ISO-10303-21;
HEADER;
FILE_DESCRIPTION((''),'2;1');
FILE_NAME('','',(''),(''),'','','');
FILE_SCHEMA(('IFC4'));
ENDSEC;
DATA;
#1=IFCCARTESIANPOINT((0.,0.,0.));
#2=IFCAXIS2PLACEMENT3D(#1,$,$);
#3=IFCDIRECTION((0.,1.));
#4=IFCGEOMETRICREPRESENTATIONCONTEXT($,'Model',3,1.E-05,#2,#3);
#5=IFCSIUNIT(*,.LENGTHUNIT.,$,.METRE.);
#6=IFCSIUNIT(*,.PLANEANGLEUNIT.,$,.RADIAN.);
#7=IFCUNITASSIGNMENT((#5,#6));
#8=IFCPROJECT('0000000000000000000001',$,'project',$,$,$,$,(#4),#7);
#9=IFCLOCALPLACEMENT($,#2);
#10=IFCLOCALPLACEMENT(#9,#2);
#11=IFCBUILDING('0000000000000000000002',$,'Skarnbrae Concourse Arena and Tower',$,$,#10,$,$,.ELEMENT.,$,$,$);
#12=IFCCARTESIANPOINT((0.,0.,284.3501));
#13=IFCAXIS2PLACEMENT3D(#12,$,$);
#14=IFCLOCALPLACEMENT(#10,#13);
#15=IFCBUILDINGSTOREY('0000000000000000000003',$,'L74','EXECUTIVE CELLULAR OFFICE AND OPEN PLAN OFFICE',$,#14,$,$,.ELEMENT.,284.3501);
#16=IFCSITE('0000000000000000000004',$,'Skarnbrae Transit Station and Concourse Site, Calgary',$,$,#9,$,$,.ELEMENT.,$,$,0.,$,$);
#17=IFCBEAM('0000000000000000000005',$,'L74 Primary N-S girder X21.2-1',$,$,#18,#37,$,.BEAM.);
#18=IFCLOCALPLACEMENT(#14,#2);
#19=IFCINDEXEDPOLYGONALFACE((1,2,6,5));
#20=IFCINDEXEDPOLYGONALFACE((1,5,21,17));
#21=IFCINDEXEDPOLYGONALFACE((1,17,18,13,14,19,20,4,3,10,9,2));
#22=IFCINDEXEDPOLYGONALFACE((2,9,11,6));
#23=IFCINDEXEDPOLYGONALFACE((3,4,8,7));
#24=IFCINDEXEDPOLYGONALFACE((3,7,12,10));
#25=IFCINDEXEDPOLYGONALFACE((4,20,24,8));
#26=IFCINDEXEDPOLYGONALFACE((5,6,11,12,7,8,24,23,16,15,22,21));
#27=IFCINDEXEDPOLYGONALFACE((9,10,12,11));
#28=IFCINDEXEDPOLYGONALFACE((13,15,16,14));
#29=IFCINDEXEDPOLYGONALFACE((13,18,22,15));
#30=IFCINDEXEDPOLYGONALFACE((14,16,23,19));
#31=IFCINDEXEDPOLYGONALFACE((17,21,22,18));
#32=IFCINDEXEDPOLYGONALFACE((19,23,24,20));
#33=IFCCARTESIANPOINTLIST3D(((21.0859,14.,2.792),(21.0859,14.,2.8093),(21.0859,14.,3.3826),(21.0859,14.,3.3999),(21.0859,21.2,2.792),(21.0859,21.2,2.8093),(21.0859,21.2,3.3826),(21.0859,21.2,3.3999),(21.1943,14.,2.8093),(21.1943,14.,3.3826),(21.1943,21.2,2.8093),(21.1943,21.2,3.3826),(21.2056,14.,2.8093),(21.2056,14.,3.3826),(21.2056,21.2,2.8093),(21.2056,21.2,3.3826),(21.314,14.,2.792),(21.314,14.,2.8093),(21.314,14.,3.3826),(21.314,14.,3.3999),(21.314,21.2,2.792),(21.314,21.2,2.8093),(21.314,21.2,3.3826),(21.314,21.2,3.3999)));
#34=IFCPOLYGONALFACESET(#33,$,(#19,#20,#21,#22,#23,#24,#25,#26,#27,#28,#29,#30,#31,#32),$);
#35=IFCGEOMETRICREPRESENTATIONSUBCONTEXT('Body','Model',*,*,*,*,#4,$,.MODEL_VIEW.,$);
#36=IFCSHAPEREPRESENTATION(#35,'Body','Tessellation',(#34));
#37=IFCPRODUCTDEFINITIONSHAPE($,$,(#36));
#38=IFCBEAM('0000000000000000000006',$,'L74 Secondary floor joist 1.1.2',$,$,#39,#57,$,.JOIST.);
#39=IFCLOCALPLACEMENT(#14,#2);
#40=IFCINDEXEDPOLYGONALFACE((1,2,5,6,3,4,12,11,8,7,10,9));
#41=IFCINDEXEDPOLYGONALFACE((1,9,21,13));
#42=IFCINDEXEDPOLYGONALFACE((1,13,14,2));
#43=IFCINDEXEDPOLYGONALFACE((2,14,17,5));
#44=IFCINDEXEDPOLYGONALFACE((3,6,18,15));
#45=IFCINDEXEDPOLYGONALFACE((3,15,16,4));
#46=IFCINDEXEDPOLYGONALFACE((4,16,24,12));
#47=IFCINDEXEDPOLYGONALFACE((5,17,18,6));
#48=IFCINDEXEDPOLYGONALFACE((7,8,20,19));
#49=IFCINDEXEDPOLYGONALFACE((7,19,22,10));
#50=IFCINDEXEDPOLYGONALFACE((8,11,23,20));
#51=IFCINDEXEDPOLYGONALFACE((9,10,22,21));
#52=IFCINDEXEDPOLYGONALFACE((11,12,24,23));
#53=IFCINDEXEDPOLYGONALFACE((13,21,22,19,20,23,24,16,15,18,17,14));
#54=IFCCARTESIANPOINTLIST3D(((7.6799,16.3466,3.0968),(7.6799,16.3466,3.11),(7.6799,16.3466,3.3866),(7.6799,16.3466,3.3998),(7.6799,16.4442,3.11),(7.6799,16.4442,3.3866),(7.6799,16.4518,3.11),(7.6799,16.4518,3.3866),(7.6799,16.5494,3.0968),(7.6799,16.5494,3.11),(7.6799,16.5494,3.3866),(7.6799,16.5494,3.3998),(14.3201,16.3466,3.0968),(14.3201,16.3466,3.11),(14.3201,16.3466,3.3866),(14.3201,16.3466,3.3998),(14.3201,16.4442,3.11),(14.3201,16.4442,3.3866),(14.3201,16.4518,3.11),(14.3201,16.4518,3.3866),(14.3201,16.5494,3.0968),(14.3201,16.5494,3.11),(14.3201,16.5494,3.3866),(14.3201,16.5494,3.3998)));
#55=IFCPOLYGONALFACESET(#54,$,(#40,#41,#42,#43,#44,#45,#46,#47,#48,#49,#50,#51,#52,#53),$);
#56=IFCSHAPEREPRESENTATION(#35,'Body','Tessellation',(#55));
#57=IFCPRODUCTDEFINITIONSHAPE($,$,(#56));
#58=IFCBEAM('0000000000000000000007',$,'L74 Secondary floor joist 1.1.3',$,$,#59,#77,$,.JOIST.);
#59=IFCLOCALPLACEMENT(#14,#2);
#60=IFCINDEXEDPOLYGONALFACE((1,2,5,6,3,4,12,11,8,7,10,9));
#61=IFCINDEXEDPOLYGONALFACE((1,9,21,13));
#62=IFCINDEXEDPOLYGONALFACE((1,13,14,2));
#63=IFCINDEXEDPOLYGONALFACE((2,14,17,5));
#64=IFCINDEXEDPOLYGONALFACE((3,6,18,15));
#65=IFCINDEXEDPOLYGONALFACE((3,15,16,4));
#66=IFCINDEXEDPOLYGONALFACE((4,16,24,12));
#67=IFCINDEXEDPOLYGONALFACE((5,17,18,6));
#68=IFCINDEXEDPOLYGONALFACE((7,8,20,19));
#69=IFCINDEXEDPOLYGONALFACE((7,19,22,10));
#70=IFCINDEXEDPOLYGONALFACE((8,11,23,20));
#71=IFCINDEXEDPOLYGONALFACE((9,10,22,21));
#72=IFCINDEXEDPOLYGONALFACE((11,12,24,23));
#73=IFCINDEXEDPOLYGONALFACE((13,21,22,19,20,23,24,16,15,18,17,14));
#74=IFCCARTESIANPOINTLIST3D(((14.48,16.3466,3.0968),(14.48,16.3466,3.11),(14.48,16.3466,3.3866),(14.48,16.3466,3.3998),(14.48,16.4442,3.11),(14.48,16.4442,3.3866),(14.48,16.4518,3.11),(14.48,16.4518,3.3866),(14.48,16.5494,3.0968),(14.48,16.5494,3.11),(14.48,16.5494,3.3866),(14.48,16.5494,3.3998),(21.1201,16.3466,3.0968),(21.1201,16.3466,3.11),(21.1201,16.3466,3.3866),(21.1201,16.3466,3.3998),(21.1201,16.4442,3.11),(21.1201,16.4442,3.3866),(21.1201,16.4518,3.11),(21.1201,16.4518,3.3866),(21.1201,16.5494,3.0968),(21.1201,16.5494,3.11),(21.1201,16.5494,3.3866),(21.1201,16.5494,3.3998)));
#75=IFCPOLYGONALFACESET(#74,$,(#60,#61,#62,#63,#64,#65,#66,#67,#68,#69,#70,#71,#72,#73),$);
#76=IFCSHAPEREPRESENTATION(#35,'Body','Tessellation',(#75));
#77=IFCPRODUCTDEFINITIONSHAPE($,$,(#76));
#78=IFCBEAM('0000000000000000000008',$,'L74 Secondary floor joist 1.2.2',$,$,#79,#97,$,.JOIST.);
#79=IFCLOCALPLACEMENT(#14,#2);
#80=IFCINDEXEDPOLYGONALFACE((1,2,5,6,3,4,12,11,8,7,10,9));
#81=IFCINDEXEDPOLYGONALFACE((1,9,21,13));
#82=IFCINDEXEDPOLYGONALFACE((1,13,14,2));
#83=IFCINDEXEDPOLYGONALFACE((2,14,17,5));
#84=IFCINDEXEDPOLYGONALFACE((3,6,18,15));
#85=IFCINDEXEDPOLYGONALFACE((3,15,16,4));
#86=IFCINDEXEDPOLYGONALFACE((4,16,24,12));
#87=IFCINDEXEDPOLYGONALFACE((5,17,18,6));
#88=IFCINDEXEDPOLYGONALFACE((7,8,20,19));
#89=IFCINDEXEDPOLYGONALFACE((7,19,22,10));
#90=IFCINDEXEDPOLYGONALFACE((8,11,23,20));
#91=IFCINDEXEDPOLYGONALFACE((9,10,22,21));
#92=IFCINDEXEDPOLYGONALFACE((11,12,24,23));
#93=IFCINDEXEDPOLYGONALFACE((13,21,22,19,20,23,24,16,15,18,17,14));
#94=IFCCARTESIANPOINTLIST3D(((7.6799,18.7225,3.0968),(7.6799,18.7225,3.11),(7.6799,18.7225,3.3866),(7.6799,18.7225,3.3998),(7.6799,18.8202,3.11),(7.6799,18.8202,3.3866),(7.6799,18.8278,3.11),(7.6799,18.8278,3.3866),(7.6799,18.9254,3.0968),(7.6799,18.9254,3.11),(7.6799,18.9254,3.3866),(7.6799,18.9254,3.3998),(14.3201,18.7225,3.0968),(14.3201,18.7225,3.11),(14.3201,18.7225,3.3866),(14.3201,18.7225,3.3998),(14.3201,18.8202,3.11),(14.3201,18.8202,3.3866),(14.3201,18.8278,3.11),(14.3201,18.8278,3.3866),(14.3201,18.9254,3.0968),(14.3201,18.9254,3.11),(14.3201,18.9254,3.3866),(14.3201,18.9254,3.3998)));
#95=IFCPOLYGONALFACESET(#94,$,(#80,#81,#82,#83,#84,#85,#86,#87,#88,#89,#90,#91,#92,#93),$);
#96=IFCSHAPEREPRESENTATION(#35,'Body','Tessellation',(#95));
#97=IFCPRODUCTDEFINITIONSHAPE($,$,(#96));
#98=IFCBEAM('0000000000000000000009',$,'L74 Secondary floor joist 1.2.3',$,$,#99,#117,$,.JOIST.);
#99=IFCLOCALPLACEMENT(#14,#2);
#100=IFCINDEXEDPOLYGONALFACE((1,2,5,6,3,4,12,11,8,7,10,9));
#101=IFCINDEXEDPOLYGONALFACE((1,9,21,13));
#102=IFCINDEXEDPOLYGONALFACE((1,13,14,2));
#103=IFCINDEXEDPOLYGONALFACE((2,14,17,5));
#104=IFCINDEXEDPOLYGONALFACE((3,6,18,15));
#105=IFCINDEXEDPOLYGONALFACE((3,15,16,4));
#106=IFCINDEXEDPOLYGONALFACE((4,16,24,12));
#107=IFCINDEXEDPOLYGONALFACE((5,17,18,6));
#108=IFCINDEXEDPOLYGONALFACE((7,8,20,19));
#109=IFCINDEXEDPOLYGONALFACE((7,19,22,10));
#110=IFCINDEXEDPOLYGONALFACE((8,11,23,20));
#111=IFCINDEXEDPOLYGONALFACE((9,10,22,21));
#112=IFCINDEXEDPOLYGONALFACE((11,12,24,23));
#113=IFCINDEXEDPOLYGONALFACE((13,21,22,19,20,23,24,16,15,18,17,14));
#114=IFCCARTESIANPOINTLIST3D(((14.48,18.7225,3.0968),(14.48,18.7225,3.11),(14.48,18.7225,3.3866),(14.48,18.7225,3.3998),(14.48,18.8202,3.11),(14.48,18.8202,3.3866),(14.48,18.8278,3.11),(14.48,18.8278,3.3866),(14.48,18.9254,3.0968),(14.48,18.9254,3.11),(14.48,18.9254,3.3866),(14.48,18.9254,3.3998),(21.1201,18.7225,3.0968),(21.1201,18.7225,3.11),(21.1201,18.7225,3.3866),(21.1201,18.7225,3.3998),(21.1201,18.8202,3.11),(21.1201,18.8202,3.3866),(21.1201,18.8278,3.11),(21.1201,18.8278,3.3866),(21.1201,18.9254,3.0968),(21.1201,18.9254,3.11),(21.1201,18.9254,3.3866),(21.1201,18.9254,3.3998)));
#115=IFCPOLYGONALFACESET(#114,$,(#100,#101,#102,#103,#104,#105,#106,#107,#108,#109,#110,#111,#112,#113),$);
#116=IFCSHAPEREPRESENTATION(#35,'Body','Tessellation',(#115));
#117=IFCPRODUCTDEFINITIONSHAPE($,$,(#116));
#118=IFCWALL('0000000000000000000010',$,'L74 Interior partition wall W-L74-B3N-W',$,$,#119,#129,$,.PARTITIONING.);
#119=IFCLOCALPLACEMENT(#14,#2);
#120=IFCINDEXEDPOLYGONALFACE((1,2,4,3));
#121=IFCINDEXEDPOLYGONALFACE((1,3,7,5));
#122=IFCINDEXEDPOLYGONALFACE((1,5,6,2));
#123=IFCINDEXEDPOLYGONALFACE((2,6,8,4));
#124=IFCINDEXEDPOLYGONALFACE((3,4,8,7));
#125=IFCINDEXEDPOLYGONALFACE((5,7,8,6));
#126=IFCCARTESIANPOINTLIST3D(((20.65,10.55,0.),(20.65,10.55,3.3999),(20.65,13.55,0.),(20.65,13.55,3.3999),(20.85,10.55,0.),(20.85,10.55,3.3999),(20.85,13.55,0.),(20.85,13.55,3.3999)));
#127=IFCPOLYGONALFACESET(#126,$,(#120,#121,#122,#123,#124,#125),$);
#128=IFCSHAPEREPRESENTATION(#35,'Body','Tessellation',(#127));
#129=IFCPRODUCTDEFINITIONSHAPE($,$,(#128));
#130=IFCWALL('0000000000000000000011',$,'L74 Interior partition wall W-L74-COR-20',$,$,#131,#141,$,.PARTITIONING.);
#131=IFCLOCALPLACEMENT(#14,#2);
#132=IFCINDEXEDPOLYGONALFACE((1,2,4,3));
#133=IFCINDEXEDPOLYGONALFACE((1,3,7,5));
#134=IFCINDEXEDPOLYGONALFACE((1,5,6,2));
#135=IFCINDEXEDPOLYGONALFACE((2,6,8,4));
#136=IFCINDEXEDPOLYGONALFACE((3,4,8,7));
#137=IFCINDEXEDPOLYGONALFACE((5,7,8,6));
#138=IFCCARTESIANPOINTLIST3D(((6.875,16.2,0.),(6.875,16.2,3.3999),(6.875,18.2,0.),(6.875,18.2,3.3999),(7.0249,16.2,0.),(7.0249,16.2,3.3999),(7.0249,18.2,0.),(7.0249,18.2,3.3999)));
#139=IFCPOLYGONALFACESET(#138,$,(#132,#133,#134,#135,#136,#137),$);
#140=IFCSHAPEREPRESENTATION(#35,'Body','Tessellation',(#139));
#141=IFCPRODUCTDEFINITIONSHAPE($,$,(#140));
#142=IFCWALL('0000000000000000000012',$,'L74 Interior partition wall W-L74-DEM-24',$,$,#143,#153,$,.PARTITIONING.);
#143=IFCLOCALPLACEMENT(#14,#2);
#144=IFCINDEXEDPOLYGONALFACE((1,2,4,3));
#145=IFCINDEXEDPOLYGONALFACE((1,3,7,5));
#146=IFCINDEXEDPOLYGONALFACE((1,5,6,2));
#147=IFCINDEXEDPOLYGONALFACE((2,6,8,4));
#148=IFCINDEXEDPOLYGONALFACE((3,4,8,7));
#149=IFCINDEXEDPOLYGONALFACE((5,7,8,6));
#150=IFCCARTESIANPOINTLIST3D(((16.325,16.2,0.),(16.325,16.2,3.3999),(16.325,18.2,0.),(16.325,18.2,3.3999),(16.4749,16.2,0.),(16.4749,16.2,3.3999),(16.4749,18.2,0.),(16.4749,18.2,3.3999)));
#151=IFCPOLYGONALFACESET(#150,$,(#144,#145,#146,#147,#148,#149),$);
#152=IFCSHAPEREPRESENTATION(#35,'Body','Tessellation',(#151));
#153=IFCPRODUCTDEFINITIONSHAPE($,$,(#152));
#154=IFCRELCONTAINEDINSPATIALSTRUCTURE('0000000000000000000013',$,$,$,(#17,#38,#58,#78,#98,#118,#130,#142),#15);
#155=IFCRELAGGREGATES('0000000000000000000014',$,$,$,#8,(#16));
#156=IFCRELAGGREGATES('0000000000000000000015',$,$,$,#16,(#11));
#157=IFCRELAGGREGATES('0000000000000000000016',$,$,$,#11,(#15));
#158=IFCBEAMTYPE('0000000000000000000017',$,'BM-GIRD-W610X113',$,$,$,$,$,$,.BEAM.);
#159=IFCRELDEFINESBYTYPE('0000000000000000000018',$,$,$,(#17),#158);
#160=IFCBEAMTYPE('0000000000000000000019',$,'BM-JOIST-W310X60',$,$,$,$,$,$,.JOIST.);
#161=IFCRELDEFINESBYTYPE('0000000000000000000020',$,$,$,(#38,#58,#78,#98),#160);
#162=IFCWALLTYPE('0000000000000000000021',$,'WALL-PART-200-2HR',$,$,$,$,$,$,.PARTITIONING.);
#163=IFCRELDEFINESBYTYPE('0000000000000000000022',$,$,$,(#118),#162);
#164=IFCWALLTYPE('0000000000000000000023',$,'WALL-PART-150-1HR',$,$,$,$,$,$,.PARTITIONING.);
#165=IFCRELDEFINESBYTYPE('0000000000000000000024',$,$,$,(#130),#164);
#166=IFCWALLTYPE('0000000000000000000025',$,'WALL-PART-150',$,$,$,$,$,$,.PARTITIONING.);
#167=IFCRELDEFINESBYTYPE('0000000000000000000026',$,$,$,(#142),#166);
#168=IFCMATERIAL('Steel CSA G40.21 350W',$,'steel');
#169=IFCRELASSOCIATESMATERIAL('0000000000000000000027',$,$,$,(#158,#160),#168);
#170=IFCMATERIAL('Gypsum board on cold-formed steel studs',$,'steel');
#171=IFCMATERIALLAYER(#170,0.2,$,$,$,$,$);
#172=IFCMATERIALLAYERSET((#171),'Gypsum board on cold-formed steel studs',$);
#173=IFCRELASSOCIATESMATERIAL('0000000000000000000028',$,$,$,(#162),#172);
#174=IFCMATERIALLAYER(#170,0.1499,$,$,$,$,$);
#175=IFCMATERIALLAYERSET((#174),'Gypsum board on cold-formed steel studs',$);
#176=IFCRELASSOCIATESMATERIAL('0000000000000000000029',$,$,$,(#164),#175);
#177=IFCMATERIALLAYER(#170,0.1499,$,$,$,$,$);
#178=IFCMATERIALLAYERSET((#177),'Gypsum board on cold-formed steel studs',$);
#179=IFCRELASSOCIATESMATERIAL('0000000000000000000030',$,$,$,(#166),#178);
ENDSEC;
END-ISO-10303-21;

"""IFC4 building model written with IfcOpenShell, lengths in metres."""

from ifc_helpers import new_model, si_unit, direction, frame, frame_2d, origin, origin_2d, place, context, subcontext, project, spatial, rectangle, i_section, extrude, source, transform, mapped, material, layer, layer_set, material_profile, profile_set, type_object, element, save


model = new_model("IFC4")

# Units and contexts
model_context = context("Model", 3, precision=1e-05, world=origin(), true_north=direction((0.0, 1.0)))
body_context = subcontext(model_context, "Body", "Model", "MODEL_VIEW")
ifc_project = project(units=[si_unit("LENGTHUNIT", "METRE"), si_unit("PLANEANGLEUNIT", "RADIAN")], contexts=[model_context])

# Site, building, storey
site_placement = place(None, origin())
site = spatial("IfcSite", under=ifc_project, at=site_placement, Name="Skarnbrae Transit Station and Concourse Site, Calgary", CompositionType="ELEMENT", RefElevation=0.0)
building_placement = place(site_placement, origin())
building = spatial("IfcBuilding", under=site, at=building_placement, Name="Skarnbrae Concourse Arena and Tower", CompositionType="ELEMENT")
storey_placement = place(building_placement, frame((0.0, 0.0, 284.3501)))
storey = spatial("IfcBuildingStorey", under=building, at=storey_placement, Name="L74", Description="EXECUTIVE CELLULAR OFFICE AND OPEN PLAN OFFICE", CompositionType="ELEMENT", Elevation=284.3501)

# Shared definitions
ifc_material_1 = material(Name="Steel CSA G40.21 350W", Category="steel")

# Beams
ifc_material_profile_1 = material_profile(ifc_material_1, i_section(OverallWidth=0.228, OverallDepth=0.6079, WebThickness=0.0112, FlangeThickness=0.0173, at=origin_2d()), Name="W610X113")
ifc_profile_set_1 = profile_set([ifc_material_profile_1], Name="Steel CSA G40.21 350W")
beam_type_1 = type_object("IfcBeamType", Name="BM-GIRD-W610X113", PredefinedType="BEAM", material=ifc_profile_set_1)
shared_shape_1 = source(origin(), body_context, "Body", "SweptSolid", [
    extrude(i_section(OverallWidth=0.228, OverallDepth=0.6079, WebThickness=0.0112, FlangeThickness=0.0173, at=origin_2d()), origin(), (0.0, 0.0, 1.0), 7.2),
])
for number, where, z_axis, x_axis, name in (
    (1, (21.2, 14.0, 3.0959), (0.0, 1.0, 0.0), (-1.0, 0.0, 0.0), "L74 Primary N-S girder X21.2-1"),
):
    element("IfcBeam", number, at=place(storey_placement, frame(where, z_axis=z_axis, x_axis=x_axis)), inside=storey, type_object=beam_type_1, Name=name, PredefinedType="BEAM", context=body_context, shape_type="MappedRepresentation", body=[
        mapped(shared_shape_1, transform((0.0, 0.0, 0.0))),
    ])
ifc_material_profile_2 = material_profile(ifc_material_1, i_section(OverallWidth=0.2029, OverallDepth=0.303, WebThickness=0.0076, FlangeThickness=0.0132, at=origin_2d()), Name="W310X60")
ifc_profile_set_2 = profile_set([ifc_material_profile_2], Name="Steel CSA G40.21 350W")
beam_type_2 = type_object("IfcBeamType", Name="BM-JOIST-W310X60", PredefinedType="JOIST", material=ifc_profile_set_2)
shared_shape_2 = source(origin(), body_context, "Body", "SweptSolid", [
    extrude(i_section(OverallWidth=0.2029, OverallDepth=0.303, WebThickness=0.0076, FlangeThickness=0.0132, at=origin_2d()), origin(), (0.0, 0.0, 1.0), 6.6401),
])
for number, where, z_axis, x_axis, name in (
    (2, (7.6799, 16.448, 3.2483), (1.0, 0.0, 0.0), (0.0, 1.0, 0.0), "L74 Secondary floor joist 1.1.2"),
    (3, (14.48, 16.448, 3.2483), (1.0, 0.0, 0.0), (0.0, 1.0, 0.0), "L74 Secondary floor joist 1.1.3"),
    (4, (7.6799, 18.824, 3.2483), (1.0, 0.0, 0.0), (0.0, 1.0, 0.0), "L74 Secondary floor joist 1.2.2"),
    (5, (14.48, 18.824, 3.2483), (1.0, 0.0, 0.0), (0.0, 1.0, 0.0), "L74 Secondary floor joist 1.2.3"),
):
    element("IfcBeam", number, at=place(storey_placement, frame(where, z_axis=z_axis, x_axis=x_axis)), inside=storey, type_object=beam_type_2, Name=name, PredefinedType="JOIST", context=body_context, shape_type="MappedRepresentation", body=[
        mapped(shared_shape_2, transform((0.0, 0.0, 0.0))),
    ])

# Walls
ifc_material_2 = material(Name="Gypsum board on cold-formed steel studs", Category="steel")
ifc_layer_1 = layer(ifc_material_2, 0.2)
ifc_layer_set_1 = layer_set([ifc_layer_1], Name="Gypsum board on cold-formed steel studs")
wall_type_1 = type_object("IfcWallType", Name="WALL-PART-200-2HR", PredefinedType="PARTITIONING", material=ifc_layer_set_1)
shared_shape_3 = source(origin(), body_context, "Body", "SweptSolid", [
    extrude(rectangle(XDim=3.0, YDim=0.2, at=frame_2d((1.5, 0.0))), origin(), (0.0, 0.0, 1.0), 3.3999),
])
wall_1_placement = place(storey_placement, frame((20.75, 10.55, 0.0), z_axis=(0.0, 0.0, 1.0), x_axis=(0.0, 1.0, 0.0)))
element("IfcWall", 6, at=wall_1_placement, inside=storey, type_object=wall_type_1, Name="L74 Interior partition wall W-L74-B3N-W", PredefinedType="PARTITIONING", context=body_context, shape_type="MappedRepresentation", body=[
    mapped(shared_shape_3, transform((0.0, 0.0, 0.0))),
])
ifc_layer_2 = layer(ifc_material_2, 0.1499)
ifc_layer_set_2 = layer_set([ifc_layer_2], Name="Gypsum board on cold-formed steel studs")
wall_type_2 = type_object("IfcWallType", Name="WALL-PART-150-1HR", PredefinedType="PARTITIONING", material=ifc_layer_set_2)
shared_shape_4 = source(origin(), body_context, "Body", "SweptSolid", [
    extrude(rectangle(XDim=2.0, YDim=0.1499, at=frame_2d((1.0, 0.0))), origin(), (0.0, 0.0, 1.0), 3.3999),
])
wall_2_placement = place(storey_placement, frame((6.95, 18.2, 0.0), z_axis=(0.0, 0.0, 1.0), x_axis=(0.0, -1.0, 0.0)))
element("IfcWall", 7, at=wall_2_placement, inside=storey, type_object=wall_type_2, Name="L74 Interior partition wall W-L74-COR-20", PredefinedType="PARTITIONING", context=body_context, shape_type="MappedRepresentation", body=[
    mapped(shared_shape_4, transform((0.0, 0.0, 0.0))),
])
ifc_layer_3 = layer(ifc_material_2, 0.1499)
ifc_layer_set_3 = layer_set([ifc_layer_3], Name="Gypsum board on cold-formed steel studs")
wall_type_3 = type_object("IfcWallType", Name="WALL-PART-150", PredefinedType="PARTITIONING", material=ifc_layer_set_3)
wall_3_placement = place(storey_placement, frame((16.3999, 18.2, 0.0), z_axis=(0.0, 0.0, 1.0), x_axis=(0.0, -1.0, 0.0)))
element("IfcWall", 8, at=wall_3_placement, inside=storey, type_object=wall_type_3, Name="L74 Interior partition wall W-L74-DEM-24", PredefinedType="PARTITIONING", context=body_context, shape_type="MappedRepresentation", body=[
    mapped(shared_shape_4, transform((0.0, 0.0, 0.0))),
])

save(model, "model.ifc")
